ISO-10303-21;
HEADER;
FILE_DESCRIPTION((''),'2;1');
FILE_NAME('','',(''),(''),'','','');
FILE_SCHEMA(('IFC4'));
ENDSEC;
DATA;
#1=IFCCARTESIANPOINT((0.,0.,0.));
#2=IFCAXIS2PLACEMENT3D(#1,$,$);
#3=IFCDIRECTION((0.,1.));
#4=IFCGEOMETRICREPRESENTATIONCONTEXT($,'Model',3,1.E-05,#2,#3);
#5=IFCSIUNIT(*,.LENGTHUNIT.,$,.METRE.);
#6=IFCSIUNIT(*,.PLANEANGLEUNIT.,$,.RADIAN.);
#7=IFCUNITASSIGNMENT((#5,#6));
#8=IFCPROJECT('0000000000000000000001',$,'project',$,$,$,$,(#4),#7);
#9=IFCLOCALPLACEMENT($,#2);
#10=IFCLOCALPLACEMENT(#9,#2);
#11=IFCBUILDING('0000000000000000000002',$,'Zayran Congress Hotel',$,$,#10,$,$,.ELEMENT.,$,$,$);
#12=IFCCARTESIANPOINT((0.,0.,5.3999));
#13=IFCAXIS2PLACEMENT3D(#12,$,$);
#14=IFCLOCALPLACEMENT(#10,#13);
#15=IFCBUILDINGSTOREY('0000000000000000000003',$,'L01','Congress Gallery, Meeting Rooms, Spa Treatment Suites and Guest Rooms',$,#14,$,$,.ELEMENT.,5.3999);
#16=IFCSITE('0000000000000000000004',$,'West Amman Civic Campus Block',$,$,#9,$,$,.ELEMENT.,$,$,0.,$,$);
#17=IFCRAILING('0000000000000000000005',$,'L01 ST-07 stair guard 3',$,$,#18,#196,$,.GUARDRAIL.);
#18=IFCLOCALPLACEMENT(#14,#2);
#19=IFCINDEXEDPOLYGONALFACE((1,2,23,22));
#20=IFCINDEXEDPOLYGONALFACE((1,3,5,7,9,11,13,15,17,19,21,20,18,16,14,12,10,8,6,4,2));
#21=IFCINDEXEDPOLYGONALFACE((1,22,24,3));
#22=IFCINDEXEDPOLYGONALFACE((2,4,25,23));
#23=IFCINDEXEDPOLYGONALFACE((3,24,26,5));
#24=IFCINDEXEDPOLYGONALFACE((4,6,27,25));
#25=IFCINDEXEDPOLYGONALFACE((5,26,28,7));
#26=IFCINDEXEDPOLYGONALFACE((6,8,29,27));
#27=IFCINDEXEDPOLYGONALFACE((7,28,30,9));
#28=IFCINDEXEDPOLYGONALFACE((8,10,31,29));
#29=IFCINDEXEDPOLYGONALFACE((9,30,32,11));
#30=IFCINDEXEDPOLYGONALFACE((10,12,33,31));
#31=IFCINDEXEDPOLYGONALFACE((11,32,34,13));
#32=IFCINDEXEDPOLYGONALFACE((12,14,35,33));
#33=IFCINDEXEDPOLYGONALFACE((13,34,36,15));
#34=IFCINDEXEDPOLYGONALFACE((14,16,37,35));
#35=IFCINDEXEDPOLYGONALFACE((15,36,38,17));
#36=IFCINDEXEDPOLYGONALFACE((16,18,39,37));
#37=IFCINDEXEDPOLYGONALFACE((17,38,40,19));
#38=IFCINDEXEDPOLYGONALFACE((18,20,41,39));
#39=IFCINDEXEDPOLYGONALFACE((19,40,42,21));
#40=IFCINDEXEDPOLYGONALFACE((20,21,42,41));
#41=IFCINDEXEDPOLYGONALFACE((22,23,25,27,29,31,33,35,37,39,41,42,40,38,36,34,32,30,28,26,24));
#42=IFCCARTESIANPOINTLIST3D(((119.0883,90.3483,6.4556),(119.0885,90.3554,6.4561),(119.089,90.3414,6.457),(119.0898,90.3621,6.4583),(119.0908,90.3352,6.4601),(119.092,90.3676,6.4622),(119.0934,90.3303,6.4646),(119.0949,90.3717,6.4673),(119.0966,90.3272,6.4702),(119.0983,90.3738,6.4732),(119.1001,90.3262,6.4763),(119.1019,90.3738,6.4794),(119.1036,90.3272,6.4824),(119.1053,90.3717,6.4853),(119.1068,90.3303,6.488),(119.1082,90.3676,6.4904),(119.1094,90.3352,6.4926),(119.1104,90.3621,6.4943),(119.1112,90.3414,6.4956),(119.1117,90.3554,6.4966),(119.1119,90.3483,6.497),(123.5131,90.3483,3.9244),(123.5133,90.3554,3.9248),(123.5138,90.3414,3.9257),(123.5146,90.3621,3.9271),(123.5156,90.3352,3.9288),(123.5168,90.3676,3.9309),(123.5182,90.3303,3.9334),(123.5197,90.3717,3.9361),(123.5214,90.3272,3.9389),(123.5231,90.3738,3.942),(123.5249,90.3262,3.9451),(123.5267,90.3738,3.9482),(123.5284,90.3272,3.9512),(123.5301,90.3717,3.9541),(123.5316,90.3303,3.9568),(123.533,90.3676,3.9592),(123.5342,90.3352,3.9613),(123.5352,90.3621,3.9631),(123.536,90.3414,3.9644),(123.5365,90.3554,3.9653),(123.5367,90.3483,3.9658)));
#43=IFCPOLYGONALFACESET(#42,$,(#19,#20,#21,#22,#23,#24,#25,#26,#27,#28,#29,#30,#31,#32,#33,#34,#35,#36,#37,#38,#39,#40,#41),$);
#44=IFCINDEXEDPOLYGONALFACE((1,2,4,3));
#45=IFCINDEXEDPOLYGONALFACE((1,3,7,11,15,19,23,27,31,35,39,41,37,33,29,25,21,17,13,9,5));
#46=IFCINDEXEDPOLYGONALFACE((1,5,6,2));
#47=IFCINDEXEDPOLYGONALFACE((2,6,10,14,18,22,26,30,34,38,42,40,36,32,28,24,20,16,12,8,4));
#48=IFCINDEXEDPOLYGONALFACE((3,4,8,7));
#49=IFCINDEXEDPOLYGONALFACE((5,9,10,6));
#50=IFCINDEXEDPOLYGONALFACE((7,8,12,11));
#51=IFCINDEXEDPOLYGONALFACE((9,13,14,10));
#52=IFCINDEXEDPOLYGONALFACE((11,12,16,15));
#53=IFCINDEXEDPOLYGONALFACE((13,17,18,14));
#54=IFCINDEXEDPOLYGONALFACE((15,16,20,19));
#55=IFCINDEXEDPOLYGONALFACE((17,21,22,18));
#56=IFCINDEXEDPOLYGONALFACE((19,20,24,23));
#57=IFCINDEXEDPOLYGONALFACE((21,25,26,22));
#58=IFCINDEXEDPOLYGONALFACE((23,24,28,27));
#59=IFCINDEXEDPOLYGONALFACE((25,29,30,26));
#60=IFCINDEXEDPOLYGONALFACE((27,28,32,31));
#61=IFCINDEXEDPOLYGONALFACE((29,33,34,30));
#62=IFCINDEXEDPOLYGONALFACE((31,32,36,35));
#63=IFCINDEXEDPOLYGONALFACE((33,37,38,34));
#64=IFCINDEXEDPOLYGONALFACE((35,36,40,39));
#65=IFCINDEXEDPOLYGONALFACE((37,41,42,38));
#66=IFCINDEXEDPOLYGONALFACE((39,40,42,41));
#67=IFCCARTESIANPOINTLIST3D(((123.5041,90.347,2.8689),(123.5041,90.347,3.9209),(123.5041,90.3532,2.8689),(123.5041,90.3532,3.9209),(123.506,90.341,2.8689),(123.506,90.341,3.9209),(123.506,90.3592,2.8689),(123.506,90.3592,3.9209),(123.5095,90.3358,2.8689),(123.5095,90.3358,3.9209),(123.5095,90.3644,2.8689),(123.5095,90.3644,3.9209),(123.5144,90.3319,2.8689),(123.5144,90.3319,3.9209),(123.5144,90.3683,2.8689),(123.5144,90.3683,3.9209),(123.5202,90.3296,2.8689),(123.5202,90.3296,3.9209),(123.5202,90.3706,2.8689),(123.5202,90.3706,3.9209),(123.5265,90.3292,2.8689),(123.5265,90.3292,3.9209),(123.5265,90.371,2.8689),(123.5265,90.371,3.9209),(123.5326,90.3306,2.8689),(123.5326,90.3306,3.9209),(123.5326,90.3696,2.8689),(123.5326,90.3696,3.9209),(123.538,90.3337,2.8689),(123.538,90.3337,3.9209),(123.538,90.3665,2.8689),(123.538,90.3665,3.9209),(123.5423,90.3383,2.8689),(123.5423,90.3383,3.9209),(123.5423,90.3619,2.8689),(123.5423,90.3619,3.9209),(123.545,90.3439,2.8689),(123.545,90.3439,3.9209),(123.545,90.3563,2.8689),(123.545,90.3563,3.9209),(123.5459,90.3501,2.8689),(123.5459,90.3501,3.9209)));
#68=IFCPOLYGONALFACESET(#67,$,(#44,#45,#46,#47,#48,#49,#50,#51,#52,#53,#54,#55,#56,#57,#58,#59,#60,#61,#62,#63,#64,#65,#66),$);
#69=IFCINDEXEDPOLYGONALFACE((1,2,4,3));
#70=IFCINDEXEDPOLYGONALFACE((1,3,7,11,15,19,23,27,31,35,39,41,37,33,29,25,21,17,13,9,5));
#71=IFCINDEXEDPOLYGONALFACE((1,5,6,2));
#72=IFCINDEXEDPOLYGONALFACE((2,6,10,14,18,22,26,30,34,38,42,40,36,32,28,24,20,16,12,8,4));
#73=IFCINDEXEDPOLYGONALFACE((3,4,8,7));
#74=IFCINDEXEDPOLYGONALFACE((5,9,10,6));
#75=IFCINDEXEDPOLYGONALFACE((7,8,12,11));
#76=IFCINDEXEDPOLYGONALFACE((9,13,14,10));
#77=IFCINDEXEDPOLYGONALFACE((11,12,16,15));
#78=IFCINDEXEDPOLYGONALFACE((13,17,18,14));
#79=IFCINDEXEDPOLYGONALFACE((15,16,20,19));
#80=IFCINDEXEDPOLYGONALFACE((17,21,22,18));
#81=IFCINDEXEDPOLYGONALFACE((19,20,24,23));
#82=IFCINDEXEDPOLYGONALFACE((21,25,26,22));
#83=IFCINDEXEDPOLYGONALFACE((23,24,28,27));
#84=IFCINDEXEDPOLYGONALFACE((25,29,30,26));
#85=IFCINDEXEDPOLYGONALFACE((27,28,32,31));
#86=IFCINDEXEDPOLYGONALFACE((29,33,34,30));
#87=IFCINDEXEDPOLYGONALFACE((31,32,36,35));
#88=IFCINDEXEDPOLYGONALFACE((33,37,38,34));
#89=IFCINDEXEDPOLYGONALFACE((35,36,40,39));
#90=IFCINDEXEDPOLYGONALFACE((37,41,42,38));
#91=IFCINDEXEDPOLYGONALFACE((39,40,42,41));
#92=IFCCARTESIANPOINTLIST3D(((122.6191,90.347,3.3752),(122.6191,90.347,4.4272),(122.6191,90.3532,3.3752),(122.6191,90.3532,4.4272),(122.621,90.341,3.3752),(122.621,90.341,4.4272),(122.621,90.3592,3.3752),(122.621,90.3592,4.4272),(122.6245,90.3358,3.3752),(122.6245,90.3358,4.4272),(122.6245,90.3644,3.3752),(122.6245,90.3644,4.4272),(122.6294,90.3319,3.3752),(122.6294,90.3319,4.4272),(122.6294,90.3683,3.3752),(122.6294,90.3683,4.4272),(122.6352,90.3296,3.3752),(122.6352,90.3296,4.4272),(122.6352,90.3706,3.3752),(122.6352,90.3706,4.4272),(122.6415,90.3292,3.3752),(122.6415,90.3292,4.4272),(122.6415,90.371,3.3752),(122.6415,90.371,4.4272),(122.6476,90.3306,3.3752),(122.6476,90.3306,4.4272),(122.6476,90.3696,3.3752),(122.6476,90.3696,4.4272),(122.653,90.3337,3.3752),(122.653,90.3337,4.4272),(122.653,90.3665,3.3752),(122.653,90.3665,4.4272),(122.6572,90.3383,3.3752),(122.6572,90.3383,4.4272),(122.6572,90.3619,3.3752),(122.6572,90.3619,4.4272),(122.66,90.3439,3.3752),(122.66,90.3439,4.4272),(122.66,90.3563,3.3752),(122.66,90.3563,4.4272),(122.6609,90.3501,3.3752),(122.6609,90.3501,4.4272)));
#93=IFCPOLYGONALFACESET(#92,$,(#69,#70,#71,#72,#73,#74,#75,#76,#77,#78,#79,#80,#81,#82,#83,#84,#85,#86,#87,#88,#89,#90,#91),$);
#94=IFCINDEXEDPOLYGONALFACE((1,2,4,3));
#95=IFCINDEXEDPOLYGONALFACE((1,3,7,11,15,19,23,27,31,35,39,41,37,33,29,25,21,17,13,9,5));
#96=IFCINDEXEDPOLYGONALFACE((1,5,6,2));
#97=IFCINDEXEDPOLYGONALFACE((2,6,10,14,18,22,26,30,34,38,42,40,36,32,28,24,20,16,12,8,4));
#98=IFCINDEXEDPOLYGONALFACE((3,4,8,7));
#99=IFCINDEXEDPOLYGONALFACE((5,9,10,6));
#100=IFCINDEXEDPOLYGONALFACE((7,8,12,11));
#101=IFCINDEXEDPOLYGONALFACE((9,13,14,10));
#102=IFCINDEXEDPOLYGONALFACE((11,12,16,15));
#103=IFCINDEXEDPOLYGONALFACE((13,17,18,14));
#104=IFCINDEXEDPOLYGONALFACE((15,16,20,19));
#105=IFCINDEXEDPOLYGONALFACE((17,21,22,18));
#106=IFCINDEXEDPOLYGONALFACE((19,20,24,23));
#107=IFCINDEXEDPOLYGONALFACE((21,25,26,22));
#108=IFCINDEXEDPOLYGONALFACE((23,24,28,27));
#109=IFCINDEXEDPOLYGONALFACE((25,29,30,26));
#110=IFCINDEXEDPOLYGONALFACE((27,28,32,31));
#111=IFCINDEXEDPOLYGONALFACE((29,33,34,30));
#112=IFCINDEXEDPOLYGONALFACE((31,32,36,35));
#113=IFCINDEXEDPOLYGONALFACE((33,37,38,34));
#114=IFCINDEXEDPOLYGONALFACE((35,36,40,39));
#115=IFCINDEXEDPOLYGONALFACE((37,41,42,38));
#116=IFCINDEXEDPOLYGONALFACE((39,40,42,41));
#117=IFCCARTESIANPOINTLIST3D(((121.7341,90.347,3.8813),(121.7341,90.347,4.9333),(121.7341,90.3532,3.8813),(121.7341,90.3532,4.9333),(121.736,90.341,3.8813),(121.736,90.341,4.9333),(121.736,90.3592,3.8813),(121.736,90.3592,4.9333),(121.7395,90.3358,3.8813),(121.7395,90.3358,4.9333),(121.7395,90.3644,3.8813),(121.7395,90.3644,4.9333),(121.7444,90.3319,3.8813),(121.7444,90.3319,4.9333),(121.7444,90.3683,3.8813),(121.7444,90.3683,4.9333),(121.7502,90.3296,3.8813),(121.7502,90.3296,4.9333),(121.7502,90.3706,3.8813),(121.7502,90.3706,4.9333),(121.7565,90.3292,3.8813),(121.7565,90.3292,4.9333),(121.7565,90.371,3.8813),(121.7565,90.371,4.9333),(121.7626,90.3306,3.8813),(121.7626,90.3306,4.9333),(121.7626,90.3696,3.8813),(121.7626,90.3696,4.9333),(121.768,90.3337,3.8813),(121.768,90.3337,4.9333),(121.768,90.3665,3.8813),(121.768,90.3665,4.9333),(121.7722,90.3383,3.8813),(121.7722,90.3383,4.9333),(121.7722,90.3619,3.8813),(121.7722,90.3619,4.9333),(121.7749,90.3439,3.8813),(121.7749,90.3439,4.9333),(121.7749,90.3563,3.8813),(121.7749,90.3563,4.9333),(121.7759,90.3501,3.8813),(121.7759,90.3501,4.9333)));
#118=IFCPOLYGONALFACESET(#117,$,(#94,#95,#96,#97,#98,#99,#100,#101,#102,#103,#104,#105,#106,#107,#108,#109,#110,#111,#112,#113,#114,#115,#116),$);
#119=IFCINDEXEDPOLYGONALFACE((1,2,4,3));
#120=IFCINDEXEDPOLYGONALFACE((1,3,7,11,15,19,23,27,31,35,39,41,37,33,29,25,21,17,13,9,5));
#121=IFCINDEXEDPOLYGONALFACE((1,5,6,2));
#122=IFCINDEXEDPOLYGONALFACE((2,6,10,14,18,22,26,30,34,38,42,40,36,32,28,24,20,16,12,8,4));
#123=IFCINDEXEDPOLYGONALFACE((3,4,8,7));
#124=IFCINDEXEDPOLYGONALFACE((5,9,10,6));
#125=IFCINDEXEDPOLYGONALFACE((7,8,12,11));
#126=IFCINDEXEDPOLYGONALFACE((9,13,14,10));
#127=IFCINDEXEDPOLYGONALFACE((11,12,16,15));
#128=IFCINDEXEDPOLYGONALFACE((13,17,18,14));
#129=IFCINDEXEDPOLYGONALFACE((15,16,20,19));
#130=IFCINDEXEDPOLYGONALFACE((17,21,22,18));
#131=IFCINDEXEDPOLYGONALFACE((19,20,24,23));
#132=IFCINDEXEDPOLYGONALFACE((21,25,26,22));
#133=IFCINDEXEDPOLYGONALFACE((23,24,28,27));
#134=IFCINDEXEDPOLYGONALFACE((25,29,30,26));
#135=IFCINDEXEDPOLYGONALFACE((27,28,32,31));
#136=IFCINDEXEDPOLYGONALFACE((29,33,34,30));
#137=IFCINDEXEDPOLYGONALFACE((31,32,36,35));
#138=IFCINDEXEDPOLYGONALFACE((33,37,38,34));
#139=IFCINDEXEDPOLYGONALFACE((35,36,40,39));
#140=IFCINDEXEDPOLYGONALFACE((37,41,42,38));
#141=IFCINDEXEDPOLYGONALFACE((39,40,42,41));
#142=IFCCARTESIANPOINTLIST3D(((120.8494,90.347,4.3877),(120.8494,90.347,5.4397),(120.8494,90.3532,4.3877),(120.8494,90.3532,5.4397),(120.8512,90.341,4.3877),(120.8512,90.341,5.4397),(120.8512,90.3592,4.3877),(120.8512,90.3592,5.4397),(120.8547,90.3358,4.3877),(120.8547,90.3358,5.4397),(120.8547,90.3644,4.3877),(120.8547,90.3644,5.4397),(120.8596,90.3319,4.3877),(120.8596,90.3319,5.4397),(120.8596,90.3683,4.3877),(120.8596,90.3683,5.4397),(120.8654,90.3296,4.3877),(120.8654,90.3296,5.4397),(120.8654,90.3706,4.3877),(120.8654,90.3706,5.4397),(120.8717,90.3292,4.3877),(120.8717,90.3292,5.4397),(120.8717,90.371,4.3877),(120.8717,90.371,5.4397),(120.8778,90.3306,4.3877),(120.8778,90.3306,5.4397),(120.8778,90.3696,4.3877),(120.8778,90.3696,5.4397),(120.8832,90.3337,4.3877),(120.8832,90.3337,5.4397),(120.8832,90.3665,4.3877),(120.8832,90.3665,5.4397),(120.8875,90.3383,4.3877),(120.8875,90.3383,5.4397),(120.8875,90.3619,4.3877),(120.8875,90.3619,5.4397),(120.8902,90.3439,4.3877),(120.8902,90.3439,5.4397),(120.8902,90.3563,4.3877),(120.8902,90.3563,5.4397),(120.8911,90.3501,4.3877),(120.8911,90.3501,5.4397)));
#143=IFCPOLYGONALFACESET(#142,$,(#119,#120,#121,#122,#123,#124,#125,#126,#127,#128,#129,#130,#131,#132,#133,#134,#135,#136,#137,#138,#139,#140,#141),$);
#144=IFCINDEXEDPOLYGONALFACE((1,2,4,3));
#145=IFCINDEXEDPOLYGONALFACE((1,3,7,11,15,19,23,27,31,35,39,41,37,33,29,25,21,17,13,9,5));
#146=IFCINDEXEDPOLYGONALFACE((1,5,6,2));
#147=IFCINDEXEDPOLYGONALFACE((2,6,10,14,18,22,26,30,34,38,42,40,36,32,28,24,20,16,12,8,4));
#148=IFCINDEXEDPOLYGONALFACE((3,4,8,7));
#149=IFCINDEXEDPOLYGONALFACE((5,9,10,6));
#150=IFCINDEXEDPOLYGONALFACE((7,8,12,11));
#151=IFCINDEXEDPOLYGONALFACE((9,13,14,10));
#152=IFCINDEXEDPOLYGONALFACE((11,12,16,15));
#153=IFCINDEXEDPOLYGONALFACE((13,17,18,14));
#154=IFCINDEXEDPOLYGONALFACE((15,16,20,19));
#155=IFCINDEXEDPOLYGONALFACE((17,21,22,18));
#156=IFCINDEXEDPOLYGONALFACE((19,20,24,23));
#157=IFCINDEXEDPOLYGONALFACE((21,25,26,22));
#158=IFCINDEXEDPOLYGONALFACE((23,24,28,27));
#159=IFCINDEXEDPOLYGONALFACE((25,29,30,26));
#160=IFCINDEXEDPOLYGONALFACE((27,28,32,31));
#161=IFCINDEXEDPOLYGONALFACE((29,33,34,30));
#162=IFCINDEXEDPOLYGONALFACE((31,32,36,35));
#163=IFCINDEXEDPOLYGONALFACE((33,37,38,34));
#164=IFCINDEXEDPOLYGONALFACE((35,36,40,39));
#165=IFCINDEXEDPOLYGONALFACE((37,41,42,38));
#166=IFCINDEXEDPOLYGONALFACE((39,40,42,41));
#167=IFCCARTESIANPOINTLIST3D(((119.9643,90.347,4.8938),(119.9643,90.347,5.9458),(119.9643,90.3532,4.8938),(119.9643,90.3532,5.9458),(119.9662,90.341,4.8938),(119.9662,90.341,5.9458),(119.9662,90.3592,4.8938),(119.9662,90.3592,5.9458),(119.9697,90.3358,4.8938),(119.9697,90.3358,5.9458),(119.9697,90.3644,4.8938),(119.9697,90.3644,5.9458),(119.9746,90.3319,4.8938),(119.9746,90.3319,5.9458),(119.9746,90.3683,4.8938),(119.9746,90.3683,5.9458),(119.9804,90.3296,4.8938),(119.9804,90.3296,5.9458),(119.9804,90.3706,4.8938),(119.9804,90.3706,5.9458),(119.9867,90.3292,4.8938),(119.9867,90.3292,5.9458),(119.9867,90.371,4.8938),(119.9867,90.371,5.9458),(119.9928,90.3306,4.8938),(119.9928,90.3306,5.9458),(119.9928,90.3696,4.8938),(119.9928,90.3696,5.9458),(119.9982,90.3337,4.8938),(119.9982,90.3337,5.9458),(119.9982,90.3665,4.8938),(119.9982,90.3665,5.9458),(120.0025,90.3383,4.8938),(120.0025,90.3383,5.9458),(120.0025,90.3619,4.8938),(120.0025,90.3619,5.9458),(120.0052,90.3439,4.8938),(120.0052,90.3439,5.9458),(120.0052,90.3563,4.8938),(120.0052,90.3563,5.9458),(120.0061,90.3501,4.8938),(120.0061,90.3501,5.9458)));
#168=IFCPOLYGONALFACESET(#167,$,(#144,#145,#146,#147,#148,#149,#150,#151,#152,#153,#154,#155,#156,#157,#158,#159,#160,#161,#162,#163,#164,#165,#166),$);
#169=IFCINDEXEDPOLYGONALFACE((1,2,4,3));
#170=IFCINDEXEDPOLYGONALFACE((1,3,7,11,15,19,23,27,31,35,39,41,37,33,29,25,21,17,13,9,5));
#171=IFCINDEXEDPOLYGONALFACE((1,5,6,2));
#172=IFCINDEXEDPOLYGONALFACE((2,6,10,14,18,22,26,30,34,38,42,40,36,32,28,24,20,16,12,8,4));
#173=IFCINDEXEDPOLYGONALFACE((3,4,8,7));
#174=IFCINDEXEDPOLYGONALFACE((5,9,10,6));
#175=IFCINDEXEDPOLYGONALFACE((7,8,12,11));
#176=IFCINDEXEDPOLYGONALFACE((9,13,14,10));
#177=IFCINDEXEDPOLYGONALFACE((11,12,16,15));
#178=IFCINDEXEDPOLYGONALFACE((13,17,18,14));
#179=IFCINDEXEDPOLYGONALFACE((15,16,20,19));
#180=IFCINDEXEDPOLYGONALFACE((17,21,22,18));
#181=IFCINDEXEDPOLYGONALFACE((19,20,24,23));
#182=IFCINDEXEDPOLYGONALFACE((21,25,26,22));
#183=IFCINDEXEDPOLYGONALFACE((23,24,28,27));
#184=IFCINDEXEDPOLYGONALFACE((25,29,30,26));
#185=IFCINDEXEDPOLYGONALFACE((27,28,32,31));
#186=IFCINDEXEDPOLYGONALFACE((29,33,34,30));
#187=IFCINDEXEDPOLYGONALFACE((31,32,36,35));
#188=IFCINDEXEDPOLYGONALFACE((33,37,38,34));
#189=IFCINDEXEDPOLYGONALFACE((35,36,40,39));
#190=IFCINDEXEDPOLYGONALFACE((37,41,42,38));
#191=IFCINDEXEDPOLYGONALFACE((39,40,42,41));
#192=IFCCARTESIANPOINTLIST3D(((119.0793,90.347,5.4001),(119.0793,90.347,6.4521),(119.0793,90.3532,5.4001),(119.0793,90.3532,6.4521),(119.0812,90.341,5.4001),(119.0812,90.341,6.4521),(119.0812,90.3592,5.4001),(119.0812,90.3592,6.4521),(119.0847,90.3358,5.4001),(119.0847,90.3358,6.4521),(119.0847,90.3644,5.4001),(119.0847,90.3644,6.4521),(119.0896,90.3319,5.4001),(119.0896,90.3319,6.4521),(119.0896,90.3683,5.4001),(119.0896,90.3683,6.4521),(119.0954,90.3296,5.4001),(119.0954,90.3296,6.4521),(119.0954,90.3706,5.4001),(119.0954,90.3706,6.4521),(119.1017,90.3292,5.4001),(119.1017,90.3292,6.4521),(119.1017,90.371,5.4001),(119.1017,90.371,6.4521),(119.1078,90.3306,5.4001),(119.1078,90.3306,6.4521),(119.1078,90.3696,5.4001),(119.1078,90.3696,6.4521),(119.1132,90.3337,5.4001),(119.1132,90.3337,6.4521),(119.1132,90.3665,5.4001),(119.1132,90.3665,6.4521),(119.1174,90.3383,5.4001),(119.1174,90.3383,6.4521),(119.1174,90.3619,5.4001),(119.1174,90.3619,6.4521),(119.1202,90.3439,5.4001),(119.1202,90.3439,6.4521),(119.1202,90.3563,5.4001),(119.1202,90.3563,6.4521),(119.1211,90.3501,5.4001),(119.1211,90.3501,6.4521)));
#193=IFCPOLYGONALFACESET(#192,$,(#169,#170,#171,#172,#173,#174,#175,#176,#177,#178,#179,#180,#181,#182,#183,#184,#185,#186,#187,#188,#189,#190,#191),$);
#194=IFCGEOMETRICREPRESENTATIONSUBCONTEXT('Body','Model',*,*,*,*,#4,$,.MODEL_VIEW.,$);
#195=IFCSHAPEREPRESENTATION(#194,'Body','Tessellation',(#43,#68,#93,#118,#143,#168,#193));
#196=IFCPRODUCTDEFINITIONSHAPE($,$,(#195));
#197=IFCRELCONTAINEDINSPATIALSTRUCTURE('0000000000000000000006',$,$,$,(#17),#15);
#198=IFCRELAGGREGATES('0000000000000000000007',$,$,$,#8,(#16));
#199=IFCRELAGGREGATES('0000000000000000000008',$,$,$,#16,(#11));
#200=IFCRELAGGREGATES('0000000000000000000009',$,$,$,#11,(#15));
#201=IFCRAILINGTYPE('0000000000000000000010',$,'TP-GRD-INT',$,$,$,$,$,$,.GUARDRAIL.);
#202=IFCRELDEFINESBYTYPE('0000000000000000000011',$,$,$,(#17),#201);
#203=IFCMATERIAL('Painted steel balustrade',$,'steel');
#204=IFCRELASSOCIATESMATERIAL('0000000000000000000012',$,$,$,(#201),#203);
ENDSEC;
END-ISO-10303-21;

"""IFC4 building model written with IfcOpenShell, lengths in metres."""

from ifc_helpers import new_model, si_unit, direction, frame, origin, origin_2d, place, context, subcontext, project, spatial, circle, extrude, material, type_object, element, save


model = new_model("IFC4")

# Units and contexts
model_context = context("Model", 3, precision=1e-05, world=origin(), true_north=direction((0.0, 1.0)))
body_context = subcontext(model_context, "Body", "Model", "MODEL_VIEW")
ifc_project = project(units=[si_unit("LENGTHUNIT", "METRE"), si_unit("PLANEANGLEUNIT", "RADIAN")], contexts=[model_context])

# Site, building, storey
site_placement = place(None, origin())
site = spatial("IfcSite", under=ifc_project, at=site_placement, Name="West Amman Civic Campus Block", CompositionType="ELEMENT", RefElevation=0.0)
building_placement = place(site_placement, origin())
building = spatial("IfcBuilding", under=site, at=building_placement, Name="Zayran Congress Hotel", CompositionType="ELEMENT")
storey_placement = place(building_placement, frame((0.0, 0.0, 5.3999)))
storey = spatial("IfcBuildingStorey", under=building, at=storey_placement, Name="L01", Description="Congress Gallery, Meeting Rooms, Spa Treatment Suites and Guest Rooms", CompositionType="ELEMENT", Elevation=5.3999)

# Railing
ifc_material_1 = material(Name="Painted steel balustrade", Category="steel")
railing_type_1 = type_object("IfcRailingType", Name="TP-GRD-INT", PredefinedType="GUARDRAIL", material=ifc_material_1)
railing_1_placement = place(storey_placement, frame((123.5249, 90.3501, 2.8689)))
element("IfcRailing", 1, at=railing_1_placement, inside=storey, type_object=railing_type_1, Name="L01 ST-07 stair guard 3", PredefinedType="GUARDRAIL", context=body_context, shape_type="SweptSolid", body=[
    extrude(circle(Radius=0.0239, at=origin_2d()), frame((0.0, 0.0, 1.0762), z_axis=(-0.868007, 0.0, 0.496551), x_axis=(0.0, -1.0, 0.0)), (0.0, 0.0, 1.0), 5.0977),
    extrude(circle(Radius=0.021, at=origin_2d()), origin(), (0.0, 0.0, 1.0), 1.052),
    extrude(circle(Radius=0.021, at=origin_2d()), frame((-0.885, 0.0, 0.5063)), (0.0, 0.0, 1.0), 1.052),
    extrude(circle(Radius=0.021, at=origin_2d()), frame((-1.77, 0.0, 1.0125)), (0.0, 0.0, 1.0), 1.052),
    extrude(circle(Radius=0.021, at=origin_2d()), frame((-2.6548, 0.0, 1.5188)), (0.0, 0.0, 1.0), 1.052),
    extrude(circle(Radius=0.021, at=origin_2d()), frame((-3.5398, 0.0, 2.0249)), (0.0, 0.0, 1.0), 1.052),
    extrude(circle(Radius=0.021, at=origin_2d()), frame((-4.4248, 0.0, 2.5312)), (0.0, 0.0, 1.0), 1.052),
])

save(model, "model.ifc")
